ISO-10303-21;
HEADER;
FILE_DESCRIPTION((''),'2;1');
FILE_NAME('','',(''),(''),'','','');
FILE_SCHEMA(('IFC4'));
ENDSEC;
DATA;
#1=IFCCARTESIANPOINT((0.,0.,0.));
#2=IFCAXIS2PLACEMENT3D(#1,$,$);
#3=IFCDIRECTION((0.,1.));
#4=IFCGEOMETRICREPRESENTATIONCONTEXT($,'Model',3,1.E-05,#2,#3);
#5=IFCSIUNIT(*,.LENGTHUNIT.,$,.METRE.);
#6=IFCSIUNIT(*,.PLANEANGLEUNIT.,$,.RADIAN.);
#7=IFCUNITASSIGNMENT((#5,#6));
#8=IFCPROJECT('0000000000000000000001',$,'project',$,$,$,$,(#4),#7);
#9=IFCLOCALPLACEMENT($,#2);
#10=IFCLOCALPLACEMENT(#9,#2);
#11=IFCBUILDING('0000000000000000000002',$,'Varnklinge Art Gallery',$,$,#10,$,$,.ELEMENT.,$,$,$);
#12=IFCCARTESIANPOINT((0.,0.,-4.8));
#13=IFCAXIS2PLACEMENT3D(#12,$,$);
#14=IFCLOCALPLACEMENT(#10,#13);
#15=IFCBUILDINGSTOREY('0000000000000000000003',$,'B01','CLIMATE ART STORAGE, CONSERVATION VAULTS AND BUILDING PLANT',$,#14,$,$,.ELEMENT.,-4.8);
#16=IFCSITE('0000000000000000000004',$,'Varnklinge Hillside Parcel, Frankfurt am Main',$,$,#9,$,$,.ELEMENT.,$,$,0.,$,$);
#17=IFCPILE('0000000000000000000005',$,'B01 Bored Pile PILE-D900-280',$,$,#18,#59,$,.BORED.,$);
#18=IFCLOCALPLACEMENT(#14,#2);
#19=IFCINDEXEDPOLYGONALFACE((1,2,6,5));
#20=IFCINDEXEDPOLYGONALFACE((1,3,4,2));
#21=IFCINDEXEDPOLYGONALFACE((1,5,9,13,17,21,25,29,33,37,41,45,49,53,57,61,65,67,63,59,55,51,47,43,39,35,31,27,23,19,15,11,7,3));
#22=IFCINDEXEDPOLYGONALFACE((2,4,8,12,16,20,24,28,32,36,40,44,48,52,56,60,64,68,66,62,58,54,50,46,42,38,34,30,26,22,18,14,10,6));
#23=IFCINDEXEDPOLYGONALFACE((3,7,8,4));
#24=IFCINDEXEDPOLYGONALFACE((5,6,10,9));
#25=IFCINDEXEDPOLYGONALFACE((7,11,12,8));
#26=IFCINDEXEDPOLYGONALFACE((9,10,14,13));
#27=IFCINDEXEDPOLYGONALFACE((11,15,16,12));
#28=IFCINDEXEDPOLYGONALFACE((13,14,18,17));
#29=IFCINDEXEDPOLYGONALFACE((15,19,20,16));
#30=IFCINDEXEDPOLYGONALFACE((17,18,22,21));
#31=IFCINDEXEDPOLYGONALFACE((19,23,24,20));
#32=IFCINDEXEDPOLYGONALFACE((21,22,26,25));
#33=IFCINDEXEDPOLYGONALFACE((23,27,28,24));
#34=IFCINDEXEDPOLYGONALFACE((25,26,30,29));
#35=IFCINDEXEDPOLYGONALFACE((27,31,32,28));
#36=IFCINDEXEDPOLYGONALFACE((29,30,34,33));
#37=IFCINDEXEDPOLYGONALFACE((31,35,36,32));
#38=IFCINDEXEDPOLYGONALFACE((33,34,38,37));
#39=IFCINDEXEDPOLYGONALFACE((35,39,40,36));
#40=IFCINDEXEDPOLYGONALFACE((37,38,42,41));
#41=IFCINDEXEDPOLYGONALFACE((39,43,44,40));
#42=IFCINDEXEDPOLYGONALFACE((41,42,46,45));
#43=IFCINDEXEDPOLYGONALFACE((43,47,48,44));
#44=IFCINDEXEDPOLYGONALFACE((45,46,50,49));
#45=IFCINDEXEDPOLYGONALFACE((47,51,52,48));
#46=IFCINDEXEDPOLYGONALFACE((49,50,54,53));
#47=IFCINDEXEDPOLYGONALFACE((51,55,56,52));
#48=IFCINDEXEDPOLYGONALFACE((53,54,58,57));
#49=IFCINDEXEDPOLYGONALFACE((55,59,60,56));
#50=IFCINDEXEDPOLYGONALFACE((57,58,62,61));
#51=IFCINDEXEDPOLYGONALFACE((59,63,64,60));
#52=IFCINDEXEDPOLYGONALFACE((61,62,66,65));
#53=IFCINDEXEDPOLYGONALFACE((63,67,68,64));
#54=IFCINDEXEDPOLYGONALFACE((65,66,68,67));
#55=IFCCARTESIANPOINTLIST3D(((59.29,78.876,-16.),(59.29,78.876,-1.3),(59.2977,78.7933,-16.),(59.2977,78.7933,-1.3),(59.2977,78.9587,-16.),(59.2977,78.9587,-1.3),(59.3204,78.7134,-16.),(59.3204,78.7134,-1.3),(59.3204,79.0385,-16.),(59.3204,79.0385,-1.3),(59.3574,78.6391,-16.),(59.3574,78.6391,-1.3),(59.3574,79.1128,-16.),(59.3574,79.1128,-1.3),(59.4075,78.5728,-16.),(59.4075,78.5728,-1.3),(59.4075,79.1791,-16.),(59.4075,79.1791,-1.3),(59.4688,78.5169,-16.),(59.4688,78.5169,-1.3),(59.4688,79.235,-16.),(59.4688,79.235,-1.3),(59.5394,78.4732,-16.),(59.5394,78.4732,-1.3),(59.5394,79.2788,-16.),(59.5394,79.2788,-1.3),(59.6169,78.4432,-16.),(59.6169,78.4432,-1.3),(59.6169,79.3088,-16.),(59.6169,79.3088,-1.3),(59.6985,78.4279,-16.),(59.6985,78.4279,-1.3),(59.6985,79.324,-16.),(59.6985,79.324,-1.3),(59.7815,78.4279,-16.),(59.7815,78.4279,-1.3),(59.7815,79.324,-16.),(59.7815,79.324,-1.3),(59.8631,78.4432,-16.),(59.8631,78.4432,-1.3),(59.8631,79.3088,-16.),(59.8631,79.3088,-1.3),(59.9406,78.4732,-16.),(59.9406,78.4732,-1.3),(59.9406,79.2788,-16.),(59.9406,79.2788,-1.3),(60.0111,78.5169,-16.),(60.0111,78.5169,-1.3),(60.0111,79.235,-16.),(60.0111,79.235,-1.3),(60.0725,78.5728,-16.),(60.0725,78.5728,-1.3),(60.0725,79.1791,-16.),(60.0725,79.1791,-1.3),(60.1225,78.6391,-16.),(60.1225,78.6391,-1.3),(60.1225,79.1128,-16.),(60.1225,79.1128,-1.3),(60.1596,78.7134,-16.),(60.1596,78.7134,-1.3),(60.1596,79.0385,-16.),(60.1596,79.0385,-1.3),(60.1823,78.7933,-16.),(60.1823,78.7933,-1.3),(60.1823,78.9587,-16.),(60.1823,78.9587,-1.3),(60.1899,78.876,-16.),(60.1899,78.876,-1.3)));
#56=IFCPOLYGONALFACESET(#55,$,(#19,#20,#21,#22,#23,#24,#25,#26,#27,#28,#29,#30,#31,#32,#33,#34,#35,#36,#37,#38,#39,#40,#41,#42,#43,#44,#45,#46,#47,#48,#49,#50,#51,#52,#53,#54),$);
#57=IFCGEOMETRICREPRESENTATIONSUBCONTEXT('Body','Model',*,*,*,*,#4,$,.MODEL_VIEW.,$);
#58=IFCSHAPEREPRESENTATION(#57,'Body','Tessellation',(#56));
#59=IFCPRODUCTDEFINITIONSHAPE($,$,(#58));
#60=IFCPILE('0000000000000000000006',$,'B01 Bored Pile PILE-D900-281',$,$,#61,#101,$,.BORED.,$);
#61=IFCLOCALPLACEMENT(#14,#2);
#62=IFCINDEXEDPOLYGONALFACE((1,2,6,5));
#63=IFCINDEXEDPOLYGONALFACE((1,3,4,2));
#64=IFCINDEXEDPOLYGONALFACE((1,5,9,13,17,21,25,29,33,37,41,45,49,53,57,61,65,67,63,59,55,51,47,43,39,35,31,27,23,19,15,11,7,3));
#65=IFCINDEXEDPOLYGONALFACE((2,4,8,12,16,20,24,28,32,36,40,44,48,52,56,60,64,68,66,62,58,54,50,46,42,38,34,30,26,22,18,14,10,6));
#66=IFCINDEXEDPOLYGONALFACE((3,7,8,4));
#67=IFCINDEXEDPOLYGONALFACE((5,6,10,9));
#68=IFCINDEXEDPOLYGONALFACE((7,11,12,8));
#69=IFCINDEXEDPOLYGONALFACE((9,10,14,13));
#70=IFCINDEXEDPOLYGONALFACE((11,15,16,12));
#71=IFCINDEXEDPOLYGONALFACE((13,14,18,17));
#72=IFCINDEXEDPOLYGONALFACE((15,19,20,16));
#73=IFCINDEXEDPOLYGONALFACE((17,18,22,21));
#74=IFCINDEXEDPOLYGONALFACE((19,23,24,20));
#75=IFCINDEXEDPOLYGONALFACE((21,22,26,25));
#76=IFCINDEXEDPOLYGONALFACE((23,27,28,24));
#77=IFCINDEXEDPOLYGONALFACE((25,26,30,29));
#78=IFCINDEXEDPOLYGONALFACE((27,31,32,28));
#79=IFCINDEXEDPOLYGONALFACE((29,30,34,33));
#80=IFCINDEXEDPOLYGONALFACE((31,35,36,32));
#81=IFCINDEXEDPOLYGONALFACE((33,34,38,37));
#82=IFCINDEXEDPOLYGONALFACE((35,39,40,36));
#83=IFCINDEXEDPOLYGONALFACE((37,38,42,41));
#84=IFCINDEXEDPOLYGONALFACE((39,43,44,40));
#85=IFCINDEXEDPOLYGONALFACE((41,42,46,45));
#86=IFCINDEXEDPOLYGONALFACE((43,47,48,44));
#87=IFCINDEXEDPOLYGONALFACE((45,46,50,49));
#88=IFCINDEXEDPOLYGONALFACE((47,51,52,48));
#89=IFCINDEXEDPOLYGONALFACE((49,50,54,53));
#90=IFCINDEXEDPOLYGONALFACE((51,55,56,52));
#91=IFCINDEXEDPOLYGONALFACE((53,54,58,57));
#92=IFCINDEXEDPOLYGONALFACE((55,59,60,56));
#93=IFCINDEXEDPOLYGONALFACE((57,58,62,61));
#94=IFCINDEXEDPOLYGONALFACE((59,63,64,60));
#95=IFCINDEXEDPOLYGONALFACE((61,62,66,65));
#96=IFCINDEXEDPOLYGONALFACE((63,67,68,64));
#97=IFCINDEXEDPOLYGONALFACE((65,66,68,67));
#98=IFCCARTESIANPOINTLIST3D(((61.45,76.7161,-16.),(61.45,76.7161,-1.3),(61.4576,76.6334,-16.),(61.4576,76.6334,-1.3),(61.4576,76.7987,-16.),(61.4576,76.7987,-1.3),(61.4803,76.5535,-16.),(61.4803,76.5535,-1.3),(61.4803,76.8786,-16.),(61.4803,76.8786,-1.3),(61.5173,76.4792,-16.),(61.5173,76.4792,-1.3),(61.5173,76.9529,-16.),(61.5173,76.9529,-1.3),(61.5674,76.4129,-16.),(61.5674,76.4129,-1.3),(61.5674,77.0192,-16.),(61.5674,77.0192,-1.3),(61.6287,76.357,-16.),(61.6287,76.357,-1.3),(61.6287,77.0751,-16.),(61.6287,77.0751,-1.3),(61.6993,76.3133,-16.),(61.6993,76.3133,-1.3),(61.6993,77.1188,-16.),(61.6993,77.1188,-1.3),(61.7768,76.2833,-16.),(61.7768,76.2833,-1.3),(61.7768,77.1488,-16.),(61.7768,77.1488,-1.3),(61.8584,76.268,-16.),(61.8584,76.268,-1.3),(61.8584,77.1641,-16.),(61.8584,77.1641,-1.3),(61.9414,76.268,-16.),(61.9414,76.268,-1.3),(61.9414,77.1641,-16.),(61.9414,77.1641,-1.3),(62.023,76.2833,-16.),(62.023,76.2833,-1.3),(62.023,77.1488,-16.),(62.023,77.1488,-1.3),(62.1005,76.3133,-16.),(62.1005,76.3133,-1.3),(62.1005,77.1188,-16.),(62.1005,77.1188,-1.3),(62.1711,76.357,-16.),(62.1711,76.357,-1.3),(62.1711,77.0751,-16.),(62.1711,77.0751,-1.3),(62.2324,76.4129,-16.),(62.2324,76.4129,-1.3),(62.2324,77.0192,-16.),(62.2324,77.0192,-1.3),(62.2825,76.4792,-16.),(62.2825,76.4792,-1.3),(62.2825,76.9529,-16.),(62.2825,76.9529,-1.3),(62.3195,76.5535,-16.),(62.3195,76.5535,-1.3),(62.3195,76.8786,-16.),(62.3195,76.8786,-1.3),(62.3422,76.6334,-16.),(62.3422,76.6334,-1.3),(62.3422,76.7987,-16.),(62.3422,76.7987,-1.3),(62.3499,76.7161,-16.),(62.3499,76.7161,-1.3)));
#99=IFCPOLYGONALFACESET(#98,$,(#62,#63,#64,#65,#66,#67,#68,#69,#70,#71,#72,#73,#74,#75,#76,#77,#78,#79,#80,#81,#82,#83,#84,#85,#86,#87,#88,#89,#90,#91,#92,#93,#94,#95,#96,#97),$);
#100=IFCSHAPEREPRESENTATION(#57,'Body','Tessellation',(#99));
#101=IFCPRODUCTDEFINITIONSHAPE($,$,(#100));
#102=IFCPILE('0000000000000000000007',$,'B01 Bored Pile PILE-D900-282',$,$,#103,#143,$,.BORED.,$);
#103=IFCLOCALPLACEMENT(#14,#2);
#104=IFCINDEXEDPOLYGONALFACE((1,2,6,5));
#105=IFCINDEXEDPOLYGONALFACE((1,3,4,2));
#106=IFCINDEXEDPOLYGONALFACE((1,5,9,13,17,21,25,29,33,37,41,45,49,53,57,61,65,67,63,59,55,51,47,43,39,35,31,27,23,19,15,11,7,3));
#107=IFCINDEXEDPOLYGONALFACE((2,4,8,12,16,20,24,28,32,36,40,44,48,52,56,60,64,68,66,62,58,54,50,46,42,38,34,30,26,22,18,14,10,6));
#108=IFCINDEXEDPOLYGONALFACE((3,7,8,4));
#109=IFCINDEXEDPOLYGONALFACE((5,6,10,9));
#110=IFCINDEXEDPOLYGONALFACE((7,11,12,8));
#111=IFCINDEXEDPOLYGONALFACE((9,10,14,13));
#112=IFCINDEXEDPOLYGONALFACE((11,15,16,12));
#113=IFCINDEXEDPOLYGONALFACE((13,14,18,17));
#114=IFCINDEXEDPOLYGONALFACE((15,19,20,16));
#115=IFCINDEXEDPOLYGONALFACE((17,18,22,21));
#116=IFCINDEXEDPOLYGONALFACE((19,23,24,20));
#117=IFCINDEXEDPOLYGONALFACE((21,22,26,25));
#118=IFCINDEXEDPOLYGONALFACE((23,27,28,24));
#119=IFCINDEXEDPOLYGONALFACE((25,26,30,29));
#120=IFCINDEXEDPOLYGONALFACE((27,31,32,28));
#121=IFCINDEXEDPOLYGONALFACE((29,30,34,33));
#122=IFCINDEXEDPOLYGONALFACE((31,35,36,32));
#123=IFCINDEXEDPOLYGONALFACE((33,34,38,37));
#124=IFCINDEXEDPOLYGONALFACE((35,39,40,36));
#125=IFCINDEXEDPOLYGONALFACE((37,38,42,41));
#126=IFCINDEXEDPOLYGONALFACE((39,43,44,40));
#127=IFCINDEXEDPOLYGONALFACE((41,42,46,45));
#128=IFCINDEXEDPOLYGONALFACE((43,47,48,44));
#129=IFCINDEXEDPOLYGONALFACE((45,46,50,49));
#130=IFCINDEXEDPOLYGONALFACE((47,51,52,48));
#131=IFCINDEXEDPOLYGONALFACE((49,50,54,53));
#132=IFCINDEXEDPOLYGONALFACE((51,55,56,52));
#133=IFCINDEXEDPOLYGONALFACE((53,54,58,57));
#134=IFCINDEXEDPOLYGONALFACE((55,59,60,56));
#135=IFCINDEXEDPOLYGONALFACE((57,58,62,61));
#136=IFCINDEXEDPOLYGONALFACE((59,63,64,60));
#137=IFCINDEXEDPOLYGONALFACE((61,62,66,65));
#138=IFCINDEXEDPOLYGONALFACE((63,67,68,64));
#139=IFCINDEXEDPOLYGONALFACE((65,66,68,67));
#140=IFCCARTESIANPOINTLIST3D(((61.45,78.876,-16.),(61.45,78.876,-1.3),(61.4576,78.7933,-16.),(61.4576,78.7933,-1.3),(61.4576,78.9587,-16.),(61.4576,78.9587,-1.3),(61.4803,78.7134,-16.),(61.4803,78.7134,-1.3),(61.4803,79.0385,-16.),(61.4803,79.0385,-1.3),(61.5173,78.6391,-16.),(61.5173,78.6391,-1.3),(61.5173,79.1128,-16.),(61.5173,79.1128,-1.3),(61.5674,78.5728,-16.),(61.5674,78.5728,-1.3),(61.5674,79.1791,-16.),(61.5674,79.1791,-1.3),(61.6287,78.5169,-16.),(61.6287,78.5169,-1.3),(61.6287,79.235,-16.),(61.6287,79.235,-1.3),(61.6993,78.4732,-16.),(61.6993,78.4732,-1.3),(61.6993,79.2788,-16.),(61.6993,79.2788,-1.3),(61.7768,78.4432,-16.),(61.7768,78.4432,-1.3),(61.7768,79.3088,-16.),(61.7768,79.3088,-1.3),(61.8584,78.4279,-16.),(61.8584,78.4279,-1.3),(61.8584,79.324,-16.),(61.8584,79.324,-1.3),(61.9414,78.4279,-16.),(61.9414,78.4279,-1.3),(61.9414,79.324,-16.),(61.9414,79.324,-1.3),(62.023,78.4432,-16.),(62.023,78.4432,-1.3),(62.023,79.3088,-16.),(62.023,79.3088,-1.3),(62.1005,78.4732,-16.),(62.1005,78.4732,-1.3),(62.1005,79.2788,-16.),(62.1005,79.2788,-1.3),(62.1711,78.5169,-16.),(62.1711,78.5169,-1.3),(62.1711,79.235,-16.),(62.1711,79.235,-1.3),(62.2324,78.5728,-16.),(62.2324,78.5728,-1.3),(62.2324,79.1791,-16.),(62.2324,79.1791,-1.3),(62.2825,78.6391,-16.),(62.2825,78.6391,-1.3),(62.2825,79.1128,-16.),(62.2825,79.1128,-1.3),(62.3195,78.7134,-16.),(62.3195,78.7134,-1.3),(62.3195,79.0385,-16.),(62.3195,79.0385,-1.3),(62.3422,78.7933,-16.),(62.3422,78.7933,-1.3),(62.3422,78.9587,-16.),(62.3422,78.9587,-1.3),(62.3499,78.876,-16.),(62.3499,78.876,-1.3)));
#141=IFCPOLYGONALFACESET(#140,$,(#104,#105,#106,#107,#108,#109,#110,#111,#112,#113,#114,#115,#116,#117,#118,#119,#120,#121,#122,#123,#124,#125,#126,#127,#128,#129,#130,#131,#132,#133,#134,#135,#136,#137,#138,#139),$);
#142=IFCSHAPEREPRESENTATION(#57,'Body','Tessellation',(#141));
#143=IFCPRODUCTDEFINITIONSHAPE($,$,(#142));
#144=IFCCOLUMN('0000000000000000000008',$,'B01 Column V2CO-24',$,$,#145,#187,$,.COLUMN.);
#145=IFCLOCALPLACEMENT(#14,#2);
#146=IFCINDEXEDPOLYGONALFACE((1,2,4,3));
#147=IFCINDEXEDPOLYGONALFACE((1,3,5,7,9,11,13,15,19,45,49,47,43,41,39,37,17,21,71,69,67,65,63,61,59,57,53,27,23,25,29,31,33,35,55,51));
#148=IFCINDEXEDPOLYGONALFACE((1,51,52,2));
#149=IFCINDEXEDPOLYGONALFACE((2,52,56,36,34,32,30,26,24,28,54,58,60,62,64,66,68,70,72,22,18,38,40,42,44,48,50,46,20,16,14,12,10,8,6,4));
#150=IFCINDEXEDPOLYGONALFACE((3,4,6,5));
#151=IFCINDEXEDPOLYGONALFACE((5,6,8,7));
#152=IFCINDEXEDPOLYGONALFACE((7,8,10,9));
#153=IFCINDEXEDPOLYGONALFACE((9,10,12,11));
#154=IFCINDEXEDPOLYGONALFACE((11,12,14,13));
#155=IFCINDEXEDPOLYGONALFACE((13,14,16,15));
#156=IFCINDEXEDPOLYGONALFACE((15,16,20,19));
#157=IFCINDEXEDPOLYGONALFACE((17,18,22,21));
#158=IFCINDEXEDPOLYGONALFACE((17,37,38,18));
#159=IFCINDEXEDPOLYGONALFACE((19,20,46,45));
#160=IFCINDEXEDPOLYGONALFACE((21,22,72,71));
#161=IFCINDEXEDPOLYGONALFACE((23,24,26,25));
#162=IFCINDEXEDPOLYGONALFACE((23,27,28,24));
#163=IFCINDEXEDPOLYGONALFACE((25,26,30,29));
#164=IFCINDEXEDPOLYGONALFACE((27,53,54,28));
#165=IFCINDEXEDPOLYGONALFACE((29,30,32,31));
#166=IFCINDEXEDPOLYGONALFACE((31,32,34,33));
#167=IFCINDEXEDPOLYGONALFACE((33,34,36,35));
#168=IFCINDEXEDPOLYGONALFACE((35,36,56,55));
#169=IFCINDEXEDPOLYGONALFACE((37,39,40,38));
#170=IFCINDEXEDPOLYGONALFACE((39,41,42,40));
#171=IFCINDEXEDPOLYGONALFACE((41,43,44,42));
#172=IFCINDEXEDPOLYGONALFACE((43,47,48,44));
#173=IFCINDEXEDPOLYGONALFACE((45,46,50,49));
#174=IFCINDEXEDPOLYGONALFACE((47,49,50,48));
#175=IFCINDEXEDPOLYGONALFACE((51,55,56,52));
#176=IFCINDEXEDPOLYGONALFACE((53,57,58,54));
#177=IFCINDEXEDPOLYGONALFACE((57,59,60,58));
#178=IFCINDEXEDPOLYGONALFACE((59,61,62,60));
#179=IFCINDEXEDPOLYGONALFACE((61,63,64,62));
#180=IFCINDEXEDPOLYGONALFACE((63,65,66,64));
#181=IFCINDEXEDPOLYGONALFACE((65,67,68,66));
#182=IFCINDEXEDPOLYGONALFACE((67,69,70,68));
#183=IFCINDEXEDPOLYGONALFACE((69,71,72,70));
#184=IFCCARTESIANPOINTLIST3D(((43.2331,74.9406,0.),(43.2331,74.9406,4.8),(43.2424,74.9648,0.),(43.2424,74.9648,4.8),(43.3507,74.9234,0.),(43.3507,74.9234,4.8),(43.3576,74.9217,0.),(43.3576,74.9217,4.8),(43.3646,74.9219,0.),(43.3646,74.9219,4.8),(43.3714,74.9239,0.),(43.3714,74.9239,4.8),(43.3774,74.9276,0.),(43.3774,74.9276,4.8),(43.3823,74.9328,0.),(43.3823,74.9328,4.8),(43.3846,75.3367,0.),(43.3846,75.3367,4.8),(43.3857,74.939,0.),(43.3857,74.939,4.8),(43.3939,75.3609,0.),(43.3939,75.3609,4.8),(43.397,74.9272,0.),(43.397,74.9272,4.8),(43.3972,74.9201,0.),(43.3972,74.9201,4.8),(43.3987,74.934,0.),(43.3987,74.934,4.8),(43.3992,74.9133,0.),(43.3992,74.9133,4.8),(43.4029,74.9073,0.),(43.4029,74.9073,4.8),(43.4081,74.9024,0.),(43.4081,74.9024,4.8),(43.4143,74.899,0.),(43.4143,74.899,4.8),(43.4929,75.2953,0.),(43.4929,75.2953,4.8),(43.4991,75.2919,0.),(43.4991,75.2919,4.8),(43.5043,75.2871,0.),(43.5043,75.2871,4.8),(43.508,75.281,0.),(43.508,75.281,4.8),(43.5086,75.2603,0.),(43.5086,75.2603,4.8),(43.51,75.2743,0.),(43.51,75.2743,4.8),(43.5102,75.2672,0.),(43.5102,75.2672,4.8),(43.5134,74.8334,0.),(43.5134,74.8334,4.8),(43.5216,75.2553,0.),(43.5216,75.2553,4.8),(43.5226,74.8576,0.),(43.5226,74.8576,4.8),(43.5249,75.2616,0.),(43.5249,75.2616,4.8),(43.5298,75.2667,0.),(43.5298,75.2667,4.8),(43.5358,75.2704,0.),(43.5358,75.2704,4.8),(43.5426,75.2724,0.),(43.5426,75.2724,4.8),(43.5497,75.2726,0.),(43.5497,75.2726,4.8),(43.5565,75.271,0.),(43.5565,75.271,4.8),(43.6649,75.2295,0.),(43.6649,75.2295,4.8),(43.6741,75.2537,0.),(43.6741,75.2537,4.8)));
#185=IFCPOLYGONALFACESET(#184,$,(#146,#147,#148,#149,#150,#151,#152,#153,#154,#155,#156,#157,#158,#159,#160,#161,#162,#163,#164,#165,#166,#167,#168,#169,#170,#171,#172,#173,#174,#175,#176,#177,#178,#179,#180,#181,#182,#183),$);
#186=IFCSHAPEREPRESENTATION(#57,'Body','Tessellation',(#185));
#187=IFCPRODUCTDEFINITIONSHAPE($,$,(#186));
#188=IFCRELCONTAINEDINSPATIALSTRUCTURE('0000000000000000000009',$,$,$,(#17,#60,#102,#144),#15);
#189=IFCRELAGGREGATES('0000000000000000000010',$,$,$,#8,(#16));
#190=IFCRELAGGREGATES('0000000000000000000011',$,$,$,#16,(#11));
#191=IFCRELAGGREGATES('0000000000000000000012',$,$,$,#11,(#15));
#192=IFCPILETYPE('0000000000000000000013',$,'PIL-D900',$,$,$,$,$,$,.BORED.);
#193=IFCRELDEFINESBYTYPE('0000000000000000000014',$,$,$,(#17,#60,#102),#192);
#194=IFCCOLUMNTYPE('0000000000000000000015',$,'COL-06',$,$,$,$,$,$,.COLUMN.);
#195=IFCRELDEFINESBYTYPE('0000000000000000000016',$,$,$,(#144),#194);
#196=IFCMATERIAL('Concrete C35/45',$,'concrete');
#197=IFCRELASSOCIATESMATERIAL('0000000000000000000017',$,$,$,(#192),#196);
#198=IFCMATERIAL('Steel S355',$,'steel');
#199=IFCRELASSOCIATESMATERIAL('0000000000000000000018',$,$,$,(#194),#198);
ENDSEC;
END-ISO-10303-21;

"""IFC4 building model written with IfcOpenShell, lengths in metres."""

from ifc_helpers import new_model, si_unit, direction, frame, origin, origin_2d, place, context, subcontext, project, spatial, circle, i_section, extrude, material, material_profile, profile_set, type_object, element, save


model = new_model("IFC4")

# Units and contexts
model_context = context("Model", 3, precision=1e-05, world=origin(), true_north=direction((0.0, 1.0)))
body_context = subcontext(model_context, "Body", "Model", "MODEL_VIEW")
ifc_project = project(units=[si_unit("LENGTHUNIT", "METRE"), si_unit("PLANEANGLEUNIT", "RADIAN")], contexts=[model_context])

# Site, building, storey
site_placement = place(None, origin())
site = spatial("IfcSite", under=ifc_project, at=site_placement, Name="Varnklinge Hillside Parcel, Frankfurt am Main", CompositionType="ELEMENT", RefElevation=0.0)
building_placement = place(site_placement, origin())
building = spatial("IfcBuilding", under=site, at=building_placement, Name="Varnklinge Art Gallery", CompositionType="ELEMENT")
storey_placement = place(building_placement, frame((0.0, 0.0, -4.8)))
storey = spatial("IfcBuildingStorey", under=building, at=storey_placement, Name="B01", Description="CLIMATE ART STORAGE, CONSERVATION VAULTS AND BUILDING PLANT", CompositionType="ELEMENT", Elevation=-4.8)

# Piles
ifc_material_1 = material(Name="Concrete C35/45", Category="concrete")
ifc_material_profile_1 = material_profile(ifc_material_1, circle(Radius=0.45, at=origin_2d()), Name="PILE D900")
ifc_profile_set_1 = profile_set([ifc_material_profile_1], Name="Concrete C35/45")
pile_type_1 = type_object("IfcPileType", Name="PIL-D900", PredefinedType="BORED", material=ifc_profile_set_1)
for number, where, z_axis, x_axis, name in (
    (1, (59.74, 78.876, -1.3), (0.0, 0.0, -1.0), (1.0, 0.0, 0.0), "B01 Bored Pile PILE-D900-280"),
    (2, (61.8999, 76.7161, -1.3), (0.0, 0.0, -1.0), (1.0, 0.0, 0.0), "B01 Bored Pile PILE-D900-281"),
    (3, (61.8999, 78.876, -1.3), (0.0, 0.0, -1.0), (1.0, 0.0, 0.0), "B01 Bored Pile PILE-D900-282"),
):
    element("IfcPile", number, at=place(storey_placement, frame(where, z_axis=z_axis, x_axis=x_axis)), inside=storey, type_object=pile_type_1, Name=name, PredefinedType="BORED", context=body_context, shape_type="SweptSolid", body=[
        extrude(circle(Radius=0.45, at=origin_2d()), origin(), (0.0, 0.0, 1.0), 14.7),
    ])

# Column
ifc_material_2 = material(Name="Steel S355", Category="steel")
ifc_material_profile_2 = material_profile(ifc_material_2, i_section(OverallWidth=0.3, OverallDepth=0.45, WebThickness=0.0139, FlangeThickness=0.0259, FilletRadius=0.0271, at=origin_2d()), Name="HEB 450")
ifc_profile_set_2 = profile_set([ifc_material_profile_2], Name="Steel S355")
column_type_1 = type_object("IfcColumnType", Name="COL-06", PredefinedType="COLUMN", material=ifc_profile_set_2)
for number, where, z_axis, x_axis, name in (
    (4, (43.4536, 75.0972, 0.0), (0.0, 0.0, 1.0), (0.934018, -0.357227, 0.0), "B01 Column V2CO-24"),
):
    element("IfcColumn", number, at=place(storey_placement, frame(where, z_axis=z_axis, x_axis=x_axis)), inside=storey, type_object=column_type_1, Name=name, PredefinedType="COLUMN", context=body_context, shape_type="SweptSolid", body=[
        extrude(i_section(OverallWidth=0.3, OverallDepth=0.45, WebThickness=0.0139, FlangeThickness=0.0259, FilletRadius=0.0271, at=origin_2d()), origin(), (0.0, 0.0, 1.0), 4.8),
    ])

save(model, "model.ifc")
